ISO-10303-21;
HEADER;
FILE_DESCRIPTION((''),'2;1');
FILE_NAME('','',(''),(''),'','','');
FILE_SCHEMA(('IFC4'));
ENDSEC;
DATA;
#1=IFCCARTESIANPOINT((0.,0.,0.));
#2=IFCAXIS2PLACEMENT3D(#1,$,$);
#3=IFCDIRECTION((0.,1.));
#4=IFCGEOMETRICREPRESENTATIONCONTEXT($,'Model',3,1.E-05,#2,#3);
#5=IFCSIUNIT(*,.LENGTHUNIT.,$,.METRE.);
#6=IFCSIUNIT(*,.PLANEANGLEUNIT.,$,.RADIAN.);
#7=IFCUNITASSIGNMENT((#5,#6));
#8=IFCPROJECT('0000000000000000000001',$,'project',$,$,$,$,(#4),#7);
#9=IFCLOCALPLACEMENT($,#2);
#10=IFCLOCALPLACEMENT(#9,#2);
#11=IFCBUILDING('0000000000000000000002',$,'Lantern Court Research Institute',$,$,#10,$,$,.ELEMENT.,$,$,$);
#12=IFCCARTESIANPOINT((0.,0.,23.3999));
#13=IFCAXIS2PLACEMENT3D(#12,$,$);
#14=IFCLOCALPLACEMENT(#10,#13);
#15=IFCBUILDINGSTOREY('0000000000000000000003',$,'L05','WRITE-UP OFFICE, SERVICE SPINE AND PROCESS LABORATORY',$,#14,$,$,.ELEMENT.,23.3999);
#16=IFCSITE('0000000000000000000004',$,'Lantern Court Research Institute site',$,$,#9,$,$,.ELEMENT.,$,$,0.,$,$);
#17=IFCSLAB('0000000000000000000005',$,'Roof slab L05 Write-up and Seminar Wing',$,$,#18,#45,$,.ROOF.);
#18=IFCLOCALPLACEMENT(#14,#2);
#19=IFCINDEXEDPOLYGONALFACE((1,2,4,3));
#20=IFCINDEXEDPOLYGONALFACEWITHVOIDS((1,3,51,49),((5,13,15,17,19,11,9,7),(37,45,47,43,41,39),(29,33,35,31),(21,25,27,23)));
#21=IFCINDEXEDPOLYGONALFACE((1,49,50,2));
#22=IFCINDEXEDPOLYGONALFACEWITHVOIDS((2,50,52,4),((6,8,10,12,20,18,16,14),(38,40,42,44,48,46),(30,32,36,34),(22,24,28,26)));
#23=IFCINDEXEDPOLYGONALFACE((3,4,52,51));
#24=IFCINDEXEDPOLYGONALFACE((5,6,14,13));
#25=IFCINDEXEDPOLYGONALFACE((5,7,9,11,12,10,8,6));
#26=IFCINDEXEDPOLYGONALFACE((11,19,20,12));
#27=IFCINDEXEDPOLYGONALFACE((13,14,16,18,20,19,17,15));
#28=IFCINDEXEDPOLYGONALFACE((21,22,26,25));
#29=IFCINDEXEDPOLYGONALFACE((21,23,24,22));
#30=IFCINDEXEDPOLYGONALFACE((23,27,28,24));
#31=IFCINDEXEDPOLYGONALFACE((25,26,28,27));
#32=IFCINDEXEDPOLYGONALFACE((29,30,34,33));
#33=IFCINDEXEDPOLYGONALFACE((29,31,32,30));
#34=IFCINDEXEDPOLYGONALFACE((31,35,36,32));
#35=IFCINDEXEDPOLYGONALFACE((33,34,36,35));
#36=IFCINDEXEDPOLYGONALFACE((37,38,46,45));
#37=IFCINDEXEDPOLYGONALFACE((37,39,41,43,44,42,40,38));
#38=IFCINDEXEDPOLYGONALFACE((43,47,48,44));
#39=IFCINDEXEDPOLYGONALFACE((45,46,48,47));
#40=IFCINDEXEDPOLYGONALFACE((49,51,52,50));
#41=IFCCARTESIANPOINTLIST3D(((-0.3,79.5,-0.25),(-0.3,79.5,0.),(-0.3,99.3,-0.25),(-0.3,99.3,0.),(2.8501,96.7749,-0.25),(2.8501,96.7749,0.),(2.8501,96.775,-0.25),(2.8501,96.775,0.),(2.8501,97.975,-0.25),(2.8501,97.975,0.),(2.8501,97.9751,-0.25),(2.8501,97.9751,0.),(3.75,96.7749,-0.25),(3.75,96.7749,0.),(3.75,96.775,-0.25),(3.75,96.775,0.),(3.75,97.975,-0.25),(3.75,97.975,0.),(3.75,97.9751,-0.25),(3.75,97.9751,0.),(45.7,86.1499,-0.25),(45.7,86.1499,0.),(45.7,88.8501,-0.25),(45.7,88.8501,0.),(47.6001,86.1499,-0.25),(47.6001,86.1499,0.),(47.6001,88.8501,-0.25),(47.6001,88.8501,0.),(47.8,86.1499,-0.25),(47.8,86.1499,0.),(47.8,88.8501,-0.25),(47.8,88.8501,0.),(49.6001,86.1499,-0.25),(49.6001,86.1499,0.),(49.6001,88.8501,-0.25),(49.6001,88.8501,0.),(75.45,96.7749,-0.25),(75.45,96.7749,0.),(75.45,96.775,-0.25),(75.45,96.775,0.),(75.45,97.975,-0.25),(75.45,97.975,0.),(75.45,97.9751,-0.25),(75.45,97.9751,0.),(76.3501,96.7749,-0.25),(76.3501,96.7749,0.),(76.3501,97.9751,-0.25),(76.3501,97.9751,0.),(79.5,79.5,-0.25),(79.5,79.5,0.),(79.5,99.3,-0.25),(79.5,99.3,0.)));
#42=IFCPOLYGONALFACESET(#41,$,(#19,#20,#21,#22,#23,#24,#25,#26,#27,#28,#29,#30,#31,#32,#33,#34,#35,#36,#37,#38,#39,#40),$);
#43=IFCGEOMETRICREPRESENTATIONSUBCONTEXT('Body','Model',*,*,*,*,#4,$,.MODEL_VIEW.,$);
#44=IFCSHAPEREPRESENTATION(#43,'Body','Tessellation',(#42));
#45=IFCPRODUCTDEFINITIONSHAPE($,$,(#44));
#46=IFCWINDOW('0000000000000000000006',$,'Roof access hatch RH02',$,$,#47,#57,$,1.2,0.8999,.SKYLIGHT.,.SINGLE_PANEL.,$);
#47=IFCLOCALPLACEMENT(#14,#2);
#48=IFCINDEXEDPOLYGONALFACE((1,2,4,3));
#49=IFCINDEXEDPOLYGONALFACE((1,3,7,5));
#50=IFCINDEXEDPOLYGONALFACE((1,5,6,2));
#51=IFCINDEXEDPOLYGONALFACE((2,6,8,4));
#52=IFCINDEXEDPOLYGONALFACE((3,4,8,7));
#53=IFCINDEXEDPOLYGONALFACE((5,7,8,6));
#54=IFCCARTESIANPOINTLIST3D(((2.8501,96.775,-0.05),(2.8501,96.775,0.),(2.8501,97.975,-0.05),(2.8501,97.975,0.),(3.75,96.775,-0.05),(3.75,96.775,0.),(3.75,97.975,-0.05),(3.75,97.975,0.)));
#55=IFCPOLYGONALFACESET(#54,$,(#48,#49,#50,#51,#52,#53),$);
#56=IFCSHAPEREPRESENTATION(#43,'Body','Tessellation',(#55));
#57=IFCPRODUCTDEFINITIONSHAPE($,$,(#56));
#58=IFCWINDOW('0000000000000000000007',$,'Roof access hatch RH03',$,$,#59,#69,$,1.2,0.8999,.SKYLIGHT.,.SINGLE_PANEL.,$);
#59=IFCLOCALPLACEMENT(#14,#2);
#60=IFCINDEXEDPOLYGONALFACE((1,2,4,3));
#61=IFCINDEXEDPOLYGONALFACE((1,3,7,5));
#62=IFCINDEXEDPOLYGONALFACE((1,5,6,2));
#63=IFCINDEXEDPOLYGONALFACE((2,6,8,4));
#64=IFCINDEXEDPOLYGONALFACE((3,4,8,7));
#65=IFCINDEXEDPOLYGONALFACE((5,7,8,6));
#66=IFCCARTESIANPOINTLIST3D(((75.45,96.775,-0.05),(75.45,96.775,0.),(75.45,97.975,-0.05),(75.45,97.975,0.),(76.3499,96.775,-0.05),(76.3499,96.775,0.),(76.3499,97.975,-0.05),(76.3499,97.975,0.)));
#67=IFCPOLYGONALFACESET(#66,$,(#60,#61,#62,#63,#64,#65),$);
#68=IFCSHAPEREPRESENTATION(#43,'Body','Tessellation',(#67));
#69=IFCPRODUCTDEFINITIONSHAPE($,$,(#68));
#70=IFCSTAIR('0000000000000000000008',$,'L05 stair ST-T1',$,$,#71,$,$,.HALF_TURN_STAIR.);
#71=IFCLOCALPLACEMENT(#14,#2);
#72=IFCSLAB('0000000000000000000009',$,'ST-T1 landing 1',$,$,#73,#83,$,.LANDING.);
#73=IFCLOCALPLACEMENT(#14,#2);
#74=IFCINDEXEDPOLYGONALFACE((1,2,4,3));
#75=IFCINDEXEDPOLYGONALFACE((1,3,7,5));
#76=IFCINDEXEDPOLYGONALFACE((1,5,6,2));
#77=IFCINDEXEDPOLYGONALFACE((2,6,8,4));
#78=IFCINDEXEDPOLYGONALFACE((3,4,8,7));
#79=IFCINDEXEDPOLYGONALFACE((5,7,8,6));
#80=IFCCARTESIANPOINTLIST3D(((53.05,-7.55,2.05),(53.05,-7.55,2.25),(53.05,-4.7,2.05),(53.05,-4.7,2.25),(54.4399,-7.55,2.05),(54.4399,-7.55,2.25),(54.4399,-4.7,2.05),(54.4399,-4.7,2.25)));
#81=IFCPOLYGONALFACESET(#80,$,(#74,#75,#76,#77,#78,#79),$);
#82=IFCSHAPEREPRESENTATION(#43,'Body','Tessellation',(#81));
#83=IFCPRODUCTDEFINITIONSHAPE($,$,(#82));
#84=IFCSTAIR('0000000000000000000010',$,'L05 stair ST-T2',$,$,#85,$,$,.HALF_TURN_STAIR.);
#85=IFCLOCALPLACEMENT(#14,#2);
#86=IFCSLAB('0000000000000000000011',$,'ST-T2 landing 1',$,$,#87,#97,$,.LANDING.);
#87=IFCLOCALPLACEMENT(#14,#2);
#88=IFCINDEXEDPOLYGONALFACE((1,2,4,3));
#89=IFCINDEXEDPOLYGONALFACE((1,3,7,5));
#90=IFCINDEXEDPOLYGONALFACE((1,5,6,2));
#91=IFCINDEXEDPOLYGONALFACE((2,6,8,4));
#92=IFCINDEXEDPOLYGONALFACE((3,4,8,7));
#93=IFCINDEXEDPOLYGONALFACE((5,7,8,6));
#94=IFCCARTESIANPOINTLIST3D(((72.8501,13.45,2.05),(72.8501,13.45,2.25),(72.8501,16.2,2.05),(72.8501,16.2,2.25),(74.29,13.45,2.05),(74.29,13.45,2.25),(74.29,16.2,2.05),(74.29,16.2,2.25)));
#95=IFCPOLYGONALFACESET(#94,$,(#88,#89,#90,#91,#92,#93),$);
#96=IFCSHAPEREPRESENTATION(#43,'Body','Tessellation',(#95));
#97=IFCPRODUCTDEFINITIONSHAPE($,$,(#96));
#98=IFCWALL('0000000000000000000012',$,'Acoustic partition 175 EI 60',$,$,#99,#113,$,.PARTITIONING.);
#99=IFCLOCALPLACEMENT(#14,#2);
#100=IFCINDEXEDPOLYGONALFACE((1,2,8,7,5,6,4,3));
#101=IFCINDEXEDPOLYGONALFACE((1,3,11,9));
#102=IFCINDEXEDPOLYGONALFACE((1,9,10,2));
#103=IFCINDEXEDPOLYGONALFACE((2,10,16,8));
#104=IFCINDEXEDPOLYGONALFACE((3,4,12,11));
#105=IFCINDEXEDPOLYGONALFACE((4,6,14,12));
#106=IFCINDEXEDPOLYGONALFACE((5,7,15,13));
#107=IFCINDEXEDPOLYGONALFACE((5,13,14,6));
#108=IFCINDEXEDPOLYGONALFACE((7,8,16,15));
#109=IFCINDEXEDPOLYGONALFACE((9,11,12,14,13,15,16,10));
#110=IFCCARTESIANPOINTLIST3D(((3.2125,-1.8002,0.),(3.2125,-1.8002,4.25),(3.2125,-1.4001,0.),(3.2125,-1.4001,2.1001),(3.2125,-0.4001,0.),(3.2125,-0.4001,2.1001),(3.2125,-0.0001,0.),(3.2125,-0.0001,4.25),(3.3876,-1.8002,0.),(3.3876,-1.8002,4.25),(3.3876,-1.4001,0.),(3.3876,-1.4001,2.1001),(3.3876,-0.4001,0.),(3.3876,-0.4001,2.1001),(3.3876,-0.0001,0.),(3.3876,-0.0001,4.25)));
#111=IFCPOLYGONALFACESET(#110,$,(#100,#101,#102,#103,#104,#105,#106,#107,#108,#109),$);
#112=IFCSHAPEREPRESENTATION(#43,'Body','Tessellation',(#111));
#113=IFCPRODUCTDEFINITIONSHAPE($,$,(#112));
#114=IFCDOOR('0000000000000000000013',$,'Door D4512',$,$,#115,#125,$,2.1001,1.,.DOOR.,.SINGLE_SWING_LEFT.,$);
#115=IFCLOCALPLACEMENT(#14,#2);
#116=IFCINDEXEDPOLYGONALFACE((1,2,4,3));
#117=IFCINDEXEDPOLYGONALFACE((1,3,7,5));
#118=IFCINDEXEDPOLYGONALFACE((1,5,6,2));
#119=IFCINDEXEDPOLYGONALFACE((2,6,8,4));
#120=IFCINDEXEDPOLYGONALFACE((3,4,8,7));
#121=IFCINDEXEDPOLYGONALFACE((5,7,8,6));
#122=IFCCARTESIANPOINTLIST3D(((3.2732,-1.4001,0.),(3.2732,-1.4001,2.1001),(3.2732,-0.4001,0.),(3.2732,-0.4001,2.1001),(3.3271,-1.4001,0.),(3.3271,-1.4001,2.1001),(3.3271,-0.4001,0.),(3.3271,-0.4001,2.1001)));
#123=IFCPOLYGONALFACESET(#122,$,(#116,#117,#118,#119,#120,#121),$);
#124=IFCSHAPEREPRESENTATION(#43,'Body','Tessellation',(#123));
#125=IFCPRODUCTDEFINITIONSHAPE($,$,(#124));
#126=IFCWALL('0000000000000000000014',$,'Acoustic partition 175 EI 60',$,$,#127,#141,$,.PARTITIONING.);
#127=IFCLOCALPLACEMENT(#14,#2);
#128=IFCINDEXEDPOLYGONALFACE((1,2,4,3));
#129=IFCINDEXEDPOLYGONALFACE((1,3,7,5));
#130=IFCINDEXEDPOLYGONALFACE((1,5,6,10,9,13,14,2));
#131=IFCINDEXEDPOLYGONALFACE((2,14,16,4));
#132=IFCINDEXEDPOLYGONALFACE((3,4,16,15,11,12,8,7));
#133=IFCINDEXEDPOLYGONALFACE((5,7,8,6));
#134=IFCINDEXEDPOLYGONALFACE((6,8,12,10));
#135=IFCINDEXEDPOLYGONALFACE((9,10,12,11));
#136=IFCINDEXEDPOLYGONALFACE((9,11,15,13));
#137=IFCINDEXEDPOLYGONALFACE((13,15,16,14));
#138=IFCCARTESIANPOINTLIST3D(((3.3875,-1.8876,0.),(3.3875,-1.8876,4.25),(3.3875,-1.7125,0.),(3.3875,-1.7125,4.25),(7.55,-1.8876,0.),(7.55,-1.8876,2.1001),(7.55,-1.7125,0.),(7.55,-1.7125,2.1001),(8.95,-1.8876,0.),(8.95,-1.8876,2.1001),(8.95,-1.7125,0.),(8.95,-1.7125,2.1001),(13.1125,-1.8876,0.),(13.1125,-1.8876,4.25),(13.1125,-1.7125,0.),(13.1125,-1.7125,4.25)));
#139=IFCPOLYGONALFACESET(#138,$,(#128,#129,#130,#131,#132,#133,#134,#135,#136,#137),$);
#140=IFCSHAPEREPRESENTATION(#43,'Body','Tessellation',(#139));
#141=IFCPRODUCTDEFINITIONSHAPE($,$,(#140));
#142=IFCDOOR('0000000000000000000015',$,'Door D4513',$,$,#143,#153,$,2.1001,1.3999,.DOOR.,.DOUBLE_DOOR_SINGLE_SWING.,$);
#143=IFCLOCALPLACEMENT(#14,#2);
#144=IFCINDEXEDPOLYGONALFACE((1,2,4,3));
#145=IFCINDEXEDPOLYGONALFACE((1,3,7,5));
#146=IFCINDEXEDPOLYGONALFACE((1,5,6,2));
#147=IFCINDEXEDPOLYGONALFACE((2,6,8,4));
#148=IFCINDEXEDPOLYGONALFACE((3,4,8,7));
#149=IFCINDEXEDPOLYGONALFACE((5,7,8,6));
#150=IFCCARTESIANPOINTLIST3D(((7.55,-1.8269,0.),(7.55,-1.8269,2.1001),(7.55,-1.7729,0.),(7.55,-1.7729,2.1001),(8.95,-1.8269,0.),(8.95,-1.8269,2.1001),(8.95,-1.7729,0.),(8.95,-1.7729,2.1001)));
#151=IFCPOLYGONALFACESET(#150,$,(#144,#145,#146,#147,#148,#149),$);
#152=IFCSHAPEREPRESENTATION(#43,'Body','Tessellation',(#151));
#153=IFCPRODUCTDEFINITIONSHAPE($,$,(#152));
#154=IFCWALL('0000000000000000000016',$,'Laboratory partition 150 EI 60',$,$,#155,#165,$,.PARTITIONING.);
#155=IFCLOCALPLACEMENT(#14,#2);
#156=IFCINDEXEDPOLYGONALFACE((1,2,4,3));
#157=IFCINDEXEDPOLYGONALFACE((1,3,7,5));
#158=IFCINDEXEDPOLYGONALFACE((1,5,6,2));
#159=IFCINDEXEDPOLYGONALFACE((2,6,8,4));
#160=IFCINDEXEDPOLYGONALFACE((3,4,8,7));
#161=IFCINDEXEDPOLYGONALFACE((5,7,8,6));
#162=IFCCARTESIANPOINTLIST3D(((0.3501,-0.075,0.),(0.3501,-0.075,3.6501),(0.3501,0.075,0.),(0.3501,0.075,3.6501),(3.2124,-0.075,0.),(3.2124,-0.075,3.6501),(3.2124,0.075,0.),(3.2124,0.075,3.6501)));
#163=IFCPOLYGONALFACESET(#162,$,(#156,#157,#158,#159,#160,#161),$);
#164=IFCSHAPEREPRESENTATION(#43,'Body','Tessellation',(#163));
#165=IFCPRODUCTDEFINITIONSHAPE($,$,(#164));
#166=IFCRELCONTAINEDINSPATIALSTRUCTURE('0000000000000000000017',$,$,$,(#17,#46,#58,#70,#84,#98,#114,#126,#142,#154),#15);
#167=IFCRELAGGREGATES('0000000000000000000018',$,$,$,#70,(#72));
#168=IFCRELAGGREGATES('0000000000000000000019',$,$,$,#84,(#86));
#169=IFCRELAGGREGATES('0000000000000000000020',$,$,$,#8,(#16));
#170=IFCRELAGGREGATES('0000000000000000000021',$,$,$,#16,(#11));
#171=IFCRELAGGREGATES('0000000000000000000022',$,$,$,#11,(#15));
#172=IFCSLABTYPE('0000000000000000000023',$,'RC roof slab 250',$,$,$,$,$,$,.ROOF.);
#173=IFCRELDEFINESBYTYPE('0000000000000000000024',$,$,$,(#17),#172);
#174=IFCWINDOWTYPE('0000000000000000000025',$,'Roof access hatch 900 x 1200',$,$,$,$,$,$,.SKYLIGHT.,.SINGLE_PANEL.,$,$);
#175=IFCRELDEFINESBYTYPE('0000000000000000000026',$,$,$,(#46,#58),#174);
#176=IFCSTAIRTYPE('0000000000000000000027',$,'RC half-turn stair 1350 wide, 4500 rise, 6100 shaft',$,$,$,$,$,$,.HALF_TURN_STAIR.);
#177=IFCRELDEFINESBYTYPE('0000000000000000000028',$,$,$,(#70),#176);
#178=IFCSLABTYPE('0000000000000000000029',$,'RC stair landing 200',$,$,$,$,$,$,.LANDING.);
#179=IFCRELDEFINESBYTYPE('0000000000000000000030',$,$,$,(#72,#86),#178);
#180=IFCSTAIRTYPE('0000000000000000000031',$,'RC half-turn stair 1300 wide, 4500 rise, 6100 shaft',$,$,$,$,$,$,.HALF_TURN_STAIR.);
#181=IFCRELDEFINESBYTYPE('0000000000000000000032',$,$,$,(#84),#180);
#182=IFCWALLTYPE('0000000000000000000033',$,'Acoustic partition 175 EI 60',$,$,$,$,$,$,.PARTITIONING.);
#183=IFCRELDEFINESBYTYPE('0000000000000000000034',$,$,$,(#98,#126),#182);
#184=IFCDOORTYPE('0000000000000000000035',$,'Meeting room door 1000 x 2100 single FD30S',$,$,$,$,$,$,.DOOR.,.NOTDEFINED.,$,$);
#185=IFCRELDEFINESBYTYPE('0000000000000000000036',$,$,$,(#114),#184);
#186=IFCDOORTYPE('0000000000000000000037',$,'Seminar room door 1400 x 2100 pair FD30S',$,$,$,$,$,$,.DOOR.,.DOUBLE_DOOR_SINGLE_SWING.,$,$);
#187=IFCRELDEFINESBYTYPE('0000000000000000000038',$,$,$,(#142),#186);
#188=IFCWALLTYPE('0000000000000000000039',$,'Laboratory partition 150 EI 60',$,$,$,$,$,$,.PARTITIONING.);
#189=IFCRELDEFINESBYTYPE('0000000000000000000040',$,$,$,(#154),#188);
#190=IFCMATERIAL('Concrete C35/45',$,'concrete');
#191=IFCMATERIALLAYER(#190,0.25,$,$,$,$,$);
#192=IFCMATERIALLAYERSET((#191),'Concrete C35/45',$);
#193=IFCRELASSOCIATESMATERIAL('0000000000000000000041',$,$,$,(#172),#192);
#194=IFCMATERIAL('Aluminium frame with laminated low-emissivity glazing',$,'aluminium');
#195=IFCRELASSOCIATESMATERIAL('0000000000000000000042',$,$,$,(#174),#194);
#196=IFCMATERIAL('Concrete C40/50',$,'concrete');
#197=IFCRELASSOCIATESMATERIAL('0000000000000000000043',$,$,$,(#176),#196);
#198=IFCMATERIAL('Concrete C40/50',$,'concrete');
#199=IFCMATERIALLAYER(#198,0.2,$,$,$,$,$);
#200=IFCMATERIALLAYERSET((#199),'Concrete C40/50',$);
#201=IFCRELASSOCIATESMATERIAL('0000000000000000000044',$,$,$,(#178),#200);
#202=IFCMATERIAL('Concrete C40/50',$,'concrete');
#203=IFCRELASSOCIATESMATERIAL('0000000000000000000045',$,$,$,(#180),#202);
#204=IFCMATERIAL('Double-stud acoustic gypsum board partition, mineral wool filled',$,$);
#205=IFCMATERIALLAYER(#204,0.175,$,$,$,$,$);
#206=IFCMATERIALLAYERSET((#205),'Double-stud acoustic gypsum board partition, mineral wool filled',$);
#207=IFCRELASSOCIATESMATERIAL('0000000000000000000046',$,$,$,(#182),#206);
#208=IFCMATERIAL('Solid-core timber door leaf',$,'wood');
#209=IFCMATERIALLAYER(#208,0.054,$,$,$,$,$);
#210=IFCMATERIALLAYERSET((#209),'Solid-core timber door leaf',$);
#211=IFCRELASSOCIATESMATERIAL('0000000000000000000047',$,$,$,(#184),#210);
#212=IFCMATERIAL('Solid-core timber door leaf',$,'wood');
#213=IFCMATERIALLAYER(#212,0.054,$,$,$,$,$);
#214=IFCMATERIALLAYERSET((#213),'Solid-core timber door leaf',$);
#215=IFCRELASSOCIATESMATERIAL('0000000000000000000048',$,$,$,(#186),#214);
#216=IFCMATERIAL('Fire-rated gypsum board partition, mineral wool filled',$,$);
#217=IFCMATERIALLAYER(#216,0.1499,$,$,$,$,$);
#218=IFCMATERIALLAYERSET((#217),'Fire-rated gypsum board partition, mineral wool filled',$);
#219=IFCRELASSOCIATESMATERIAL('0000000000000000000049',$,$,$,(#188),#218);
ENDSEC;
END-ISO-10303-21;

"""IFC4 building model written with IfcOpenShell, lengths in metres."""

from ifc_helpers import new_model, si_unit, direction, frame, frame_2d, origin, origin_2d, place, context, subcontext, project, spatial, polyline, rectangle, outline, extrude, material, layer, layer_set, type_object, element, fill, aggregate, save


model = new_model("IFC4")

# Units and contexts
model_context = context("Model", 3, precision=1e-05, world=origin(), true_north=direction((0.0, 1.0)))
body_context = subcontext(model_context, "Body", "Model", "MODEL_VIEW")
ifc_project = project(units=[si_unit("LENGTHUNIT", "METRE"), si_unit("PLANEANGLEUNIT", "RADIAN")], contexts=[model_context])

# Site, building, storey
site_placement = place(None, origin())
site = spatial("IfcSite", under=ifc_project, at=site_placement, Name="Lantern Court Research Institute site", CompositionType="ELEMENT", RefElevation=0.0)
building_placement = place(site_placement, origin())
building = spatial("IfcBuilding", under=site, at=building_placement, Name="Lantern Court Research Institute", CompositionType="ELEMENT")
storey_placement = place(building_placement, frame((0.0, 0.0, 23.3999)))
storey = spatial("IfcBuildingStorey", under=building, at=storey_placement, Name="L05", Description="WRITE-UP OFFICE, SERVICE SPINE AND PROCESS LABORATORY", CompositionType="ELEMENT", Elevation=23.3999)

# Slab, openings, windows
ifc_material_1 = material(Name="Concrete C35/45", Category="concrete")
ifc_layer_1 = layer(ifc_material_1, 0.25)
ifc_layer_set_1 = layer_set([ifc_layer_1], Name="Concrete C35/45")
slab_type_1 = type_object("IfcSlabType", Name="RC roof slab 250", PredefinedType="ROOF", material=ifc_layer_set_1)
slab_1_placement = place(storey_placement, frame((0.0, 0.0, -0.25)))
slab_1 = element("IfcSlab", 1, at=slab_1_placement, inside=storey, type_object=slab_type_1, Name="Roof slab L05 Write-up and Seminar Wing", PredefinedType="ROOF", context=body_context, shape_type="SweptSolid", body=[
    extrude(outline(polyline([(-0.3, 99.0), (-0.3, 82.5), (-0.3, 82.2), (-0.3, 79.5), (79.5, 79.5), (79.5, 82.2), (79.5, 82.5), (79.5, 99.0), (79.5, 99.3), (-0.3, 99.3), (-0.3, 99.0)]), holes=[polyline([(47.8, 86.1499), (49.6001, 86.1499), (49.6001, 88.8501), (47.8, 88.8501), (47.8, 86.1499)]), polyline([(45.7, 86.1499), (47.6001, 86.1499), (47.6001, 88.8501), (45.7, 88.8501), (45.7, 86.1499)]), polyline([(3.75, 96.7749), (3.75, 97.9751), (2.8501, 97.9751), (2.8501, 96.7749), (3.75, 96.7749)]), polyline([(76.3501, 96.7749), (76.3501, 97.9751), (75.45, 97.9751), (75.45, 96.7749), (76.3501, 96.7749)])]), origin(), (0.0, 0.0, 1.0), 0.25),
])
opening_1_placement = place(slab_1_placement, frame((3.3, 97.375, 0.0)))
opening_1 = element("IfcOpeningElement", 2, at=opening_1_placement, cuts=slab_1, PredefinedType="OPENING", context=body_context, shape_type="SweptSolid", body=[
    extrude(rectangle(XDim=0.8999, YDim=1.2, at=origin_2d()), origin(), (0.0, 0.0, 1.0), 0.25),
])
opening_2_placement = place(slab_1_placement, frame((75.8999, 97.375, 0.0)))
opening_2 = element("IfcOpeningElement", 3, at=opening_2_placement, cuts=slab_1, PredefinedType="OPENING", context=body_context, shape_type="SweptSolid", body=[
    extrude(rectangle(XDim=0.8999, YDim=1.2, at=origin_2d()), origin(), (0.0, 0.0, 1.0), 0.25),
])
ifc_material_2 = material(Name="Aluminium frame with laminated low-emissivity glazing", Category="aluminium")
window_type = type_object("IfcWindowType", Name="Roof access hatch 900 x 1200", PartitioningType="SINGLE_PANEL", PredefinedType="SKYLIGHT", material=ifc_material_2)
window_1_placement = place(opening_1_placement, frame((0.0, 0.0, 0.2)))
window_1 = element("IfcWindow", 4, at=window_1_placement, inside=storey, type_object=window_type, Name="Roof access hatch RH02", OverallHeight=1.2, OverallWidth=0.8999, PartitioningType="SINGLE_PANEL", PredefinedType="SKYLIGHT", context=body_context, shape_type="SweptSolid", body=[
    extrude(rectangle(XDim=0.8999, YDim=1.2, at=origin_2d()), origin(), (0.0, 0.0, 1.0), 0.05),
])
fill(opening_1, window_1)
window_2_placement = place(opening_2_placement, frame((0.0, 0.0, 0.2)))
window_2 = element("IfcWindow", 5, at=window_2_placement, inside=storey, type_object=window_type, Name="Roof access hatch RH03", OverallHeight=1.2, OverallWidth=0.8999, PartitioningType="SINGLE_PANEL", PredefinedType="SKYLIGHT", context=body_context, shape_type="SweptSolid", body=[
    extrude(rectangle(XDim=0.8999, YDim=1.2, at=origin_2d()), origin(), (0.0, 0.0, 1.0), 0.05),
])
fill(opening_2, window_2)

# Stairs, slabs
ifc_material_3 = material(Name="Concrete C40/50", Category="concrete")
stair_type_1 = type_object("IfcStairType", Name="RC half-turn stair 1350 wide, 4500 rise, 6100 shaft", PredefinedType="HALF_TURN_STAIR", material=ifc_material_3)
stair_1_placement = place(storey_placement, origin())
stair_1 = element("IfcStair", 6, at=stair_1_placement, inside=storey, type_object=stair_type_1, Name="L05 stair ST-T1", PredefinedType="HALF_TURN_STAIR")
ifc_material_4 = material(Name="Concrete C40/50", Category="concrete")
ifc_layer_2 = layer(ifc_material_4, 0.2)
ifc_layer_set_2 = layer_set([ifc_layer_2], Name="Concrete C40/50")
slab_type_2 = type_object("IfcSlabType", Name="RC stair landing 200", PredefinedType="LANDING", material=ifc_layer_set_2)
slab_2_placement = place(storey_placement, frame((0.0, 0.0, 2.05)))
slab_2 = element("IfcSlab", 7, at=slab_2_placement, type_object=slab_type_2, Name="ST-T1 landing 1", PredefinedType="LANDING", context=body_context, shape_type="SweptSolid", body=[
    extrude(outline(polyline([(54.4399, -4.7), (53.05, -4.7), (53.05, -7.55), (54.4399, -7.55), (54.4399, -4.7)])), origin(), (0.0, 0.0, 1.0), 0.2),
])
aggregate(stair_1, [slab_2])
ifc_material_5 = material(Name="Concrete C40/50", Category="concrete")
stair_type_2 = type_object("IfcStairType", Name="RC half-turn stair 1300 wide, 4500 rise, 6100 shaft", PredefinedType="HALF_TURN_STAIR", material=ifc_material_5)
stair_2_placement = place(storey_placement, origin())
stair_2 = element("IfcStair", 8, at=stair_2_placement, inside=storey, type_object=stair_type_2, Name="L05 stair ST-T2", PredefinedType="HALF_TURN_STAIR")
slab_3_placement = place(storey_placement, frame((0.0, 0.0, 2.05)))
slab_3 = element("IfcSlab", 9, at=slab_3_placement, type_object=slab_type_2, Name="ST-T2 landing 1", PredefinedType="LANDING", context=body_context, shape_type="SweptSolid", body=[
    extrude(outline(polyline([(74.29, 16.2), (72.8501, 16.2), (72.8501, 13.45), (74.29, 13.45), (74.29, 16.2)])), origin(), (0.0, 0.0, 1.0), 0.2),
])
aggregate(stair_2, [slab_3])

# Walls, openings, doors
ifc_material_6 = material(Name="Double-stud acoustic gypsum board partition, mineral wool filled")
ifc_layer_3 = layer(ifc_material_6, 0.175)
ifc_layer_set_3 = layer_set([ifc_layer_3], Name="Double-stud acoustic gypsum board partition, mineral wool filled")
wall_type_1 = type_object("IfcWallType", Name="Acoustic partition 175 EI 60", PredefinedType="PARTITIONING", material=ifc_layer_set_3)
wall_1_placement = place(storey_placement, frame((3.3, -1.8, 0.0), z_axis=(0.0, 0.0, 1.0), x_axis=(0.0, 1.0, 0.0)))
wall_1 = element("IfcWall", 10, at=wall_1_placement, inside=storey, type_object=wall_type_1, Name="Acoustic partition 175 EI 60", PredefinedType="PARTITIONING", context=body_context, shape_type="SweptSolid", body=[
    extrude(rectangle(XDim=1.8, YDim=0.175, at=frame_2d((0.8999, 0.0))), origin(), (0.0, 0.0, 1.0), 4.25),
])
opening_3_placement = place(wall_1_placement, frame((0.3999, 0.0, 0.0)))
opening_3 = element("IfcOpeningElement", 11, at=opening_3_placement, cuts=wall_1, PredefinedType="OPENING", context=body_context, shape_type="SweptSolid", body=[
    extrude(rectangle(XDim=1.0, YDim=2.1001, at=frame_2d((0.5, 1.05))), frame((0.0, 0.0974, 0.0), z_axis=(0.0, -1.0, 0.0), x_axis=(1.0, 0.0, 0.0)), (0.0, 0.0, 1.0), 0.1951),
])
ifc_material_7 = material(Name="Solid-core timber door leaf", Category="wood")
ifc_layer_4 = layer(ifc_material_7, 0.054)
ifc_layer_set_4 = layer_set([ifc_layer_4], Name="Solid-core timber door leaf")
door_type_1 = type_object("IfcDoorType", Name="Meeting room door 1000 x 2100 single FD30S", OperationType="NOTDEFINED", PredefinedType="DOOR", material=ifc_layer_set_4)
door_1_placement = place(opening_3_placement, origin())
door_1 = element("IfcDoor", 12, at=door_1_placement, inside=storey, type_object=door_type_1, Name="Door D4512", OperationType="SINGLE_SWING_LEFT", OverallHeight=2.1001, OverallWidth=1.0, PredefinedType="DOOR", context=body_context, shape_type="SweptSolid", body=[
    extrude(rectangle(XDim=1.0, YDim=2.1001, at=frame_2d((0.5, 1.05))), frame((0.0, 0.0269, 0.0), z_axis=(0.0, -1.0, 0.0), x_axis=(1.0, 0.0, 0.0)), (0.0, 0.0, 1.0), 0.054),
])
fill(opening_3, door_1)
wall_2_placement = place(storey_placement, frame((13.1125, -1.8, 0.0), z_axis=(0.0, 0.0, 1.0), x_axis=(-1.0, 0.0, 0.0)))
wall_2 = element("IfcWall", 13, at=wall_2_placement, inside=storey, type_object=wall_type_1, Name="Acoustic partition 175 EI 60", PredefinedType="PARTITIONING", context=body_context, shape_type="SweptSolid", body=[
    extrude(rectangle(XDim=9.7251, YDim=0.175, at=frame_2d((4.8625, 0.0))), origin(), (0.0, 0.0, 1.0), 4.25),
])
opening_4_placement = place(wall_2_placement, frame((4.1626, 0.0, 0.0)))
opening_4 = element("IfcOpeningElement", 14, at=opening_4_placement, cuts=wall_2, PredefinedType="OPENING", context=body_context, shape_type="SweptSolid", body=[
    extrude(rectangle(XDim=1.3999, YDim=2.1001, at=frame_2d((0.7, 1.05))), frame((0.0, 0.0974, 0.0), z_axis=(0.0, -1.0, 0.0), x_axis=(1.0, 0.0, 0.0)), (0.0, 0.0, 1.0), 0.1951),
])
ifc_material_8 = material(Name="Solid-core timber door leaf", Category="wood")
ifc_layer_5 = layer(ifc_material_8, 0.054)
ifc_layer_set_5 = layer_set([ifc_layer_5], Name="Solid-core timber door leaf")
door_type_2 = type_object("IfcDoorType", Name="Seminar room door 1400 x 2100 pair FD30S", OperationType="DOUBLE_DOOR_SINGLE_SWING", PredefinedType="DOOR", material=ifc_layer_set_5)
door_2_placement = place(opening_4_placement, origin())
door_2 = element("IfcDoor", 15, at=door_2_placement, inside=storey, type_object=door_type_2, Name="Door D4513", OperationType="DOUBLE_DOOR_SINGLE_SWING", OverallHeight=2.1001, OverallWidth=1.3999, PredefinedType="DOOR", context=body_context, shape_type="SweptSolid", body=[
    extrude(rectangle(XDim=1.3999, YDim=2.1001, at=frame_2d((0.7, 1.05))), frame((0.0, 0.0269, 0.0), z_axis=(0.0, -1.0, 0.0), x_axis=(1.0, 0.0, 0.0)), (0.0, 0.0, 1.0), 0.054),
])
fill(opening_4, door_2)

# Wall
ifc_material_9 = material(Name="Fire-rated gypsum board partition, mineral wool filled")
ifc_layer_6 = layer(ifc_material_9, 0.1499)
ifc_layer_set_6 = layer_set([ifc_layer_6], Name="Fire-rated gypsum board partition, mineral wool filled")
wall_type_2 = type_object("IfcWallType", Name="Laboratory partition 150 EI 60", PredefinedType="PARTITIONING", material=ifc_layer_set_6)
wall_3_placement = place(storey_placement, frame((3.2124, 0.0, 0.0), z_axis=(0.0, 0.0, 1.0), x_axis=(-1.0, 0.0, 0.0)))
element("IfcWall", 16, at=wall_3_placement, inside=storey, type_object=wall_type_2, Name="Laboratory partition 150 EI 60", PredefinedType="PARTITIONING", context=body_context, shape_type="SweptSolid", body=[
    extrude(rectangle(XDim=2.8623, YDim=0.1499, at=frame_2d((1.4312, 0.0))), origin(), (0.0, 0.0, 1.0), 3.6501),
])

save(model, "model.ifc")
